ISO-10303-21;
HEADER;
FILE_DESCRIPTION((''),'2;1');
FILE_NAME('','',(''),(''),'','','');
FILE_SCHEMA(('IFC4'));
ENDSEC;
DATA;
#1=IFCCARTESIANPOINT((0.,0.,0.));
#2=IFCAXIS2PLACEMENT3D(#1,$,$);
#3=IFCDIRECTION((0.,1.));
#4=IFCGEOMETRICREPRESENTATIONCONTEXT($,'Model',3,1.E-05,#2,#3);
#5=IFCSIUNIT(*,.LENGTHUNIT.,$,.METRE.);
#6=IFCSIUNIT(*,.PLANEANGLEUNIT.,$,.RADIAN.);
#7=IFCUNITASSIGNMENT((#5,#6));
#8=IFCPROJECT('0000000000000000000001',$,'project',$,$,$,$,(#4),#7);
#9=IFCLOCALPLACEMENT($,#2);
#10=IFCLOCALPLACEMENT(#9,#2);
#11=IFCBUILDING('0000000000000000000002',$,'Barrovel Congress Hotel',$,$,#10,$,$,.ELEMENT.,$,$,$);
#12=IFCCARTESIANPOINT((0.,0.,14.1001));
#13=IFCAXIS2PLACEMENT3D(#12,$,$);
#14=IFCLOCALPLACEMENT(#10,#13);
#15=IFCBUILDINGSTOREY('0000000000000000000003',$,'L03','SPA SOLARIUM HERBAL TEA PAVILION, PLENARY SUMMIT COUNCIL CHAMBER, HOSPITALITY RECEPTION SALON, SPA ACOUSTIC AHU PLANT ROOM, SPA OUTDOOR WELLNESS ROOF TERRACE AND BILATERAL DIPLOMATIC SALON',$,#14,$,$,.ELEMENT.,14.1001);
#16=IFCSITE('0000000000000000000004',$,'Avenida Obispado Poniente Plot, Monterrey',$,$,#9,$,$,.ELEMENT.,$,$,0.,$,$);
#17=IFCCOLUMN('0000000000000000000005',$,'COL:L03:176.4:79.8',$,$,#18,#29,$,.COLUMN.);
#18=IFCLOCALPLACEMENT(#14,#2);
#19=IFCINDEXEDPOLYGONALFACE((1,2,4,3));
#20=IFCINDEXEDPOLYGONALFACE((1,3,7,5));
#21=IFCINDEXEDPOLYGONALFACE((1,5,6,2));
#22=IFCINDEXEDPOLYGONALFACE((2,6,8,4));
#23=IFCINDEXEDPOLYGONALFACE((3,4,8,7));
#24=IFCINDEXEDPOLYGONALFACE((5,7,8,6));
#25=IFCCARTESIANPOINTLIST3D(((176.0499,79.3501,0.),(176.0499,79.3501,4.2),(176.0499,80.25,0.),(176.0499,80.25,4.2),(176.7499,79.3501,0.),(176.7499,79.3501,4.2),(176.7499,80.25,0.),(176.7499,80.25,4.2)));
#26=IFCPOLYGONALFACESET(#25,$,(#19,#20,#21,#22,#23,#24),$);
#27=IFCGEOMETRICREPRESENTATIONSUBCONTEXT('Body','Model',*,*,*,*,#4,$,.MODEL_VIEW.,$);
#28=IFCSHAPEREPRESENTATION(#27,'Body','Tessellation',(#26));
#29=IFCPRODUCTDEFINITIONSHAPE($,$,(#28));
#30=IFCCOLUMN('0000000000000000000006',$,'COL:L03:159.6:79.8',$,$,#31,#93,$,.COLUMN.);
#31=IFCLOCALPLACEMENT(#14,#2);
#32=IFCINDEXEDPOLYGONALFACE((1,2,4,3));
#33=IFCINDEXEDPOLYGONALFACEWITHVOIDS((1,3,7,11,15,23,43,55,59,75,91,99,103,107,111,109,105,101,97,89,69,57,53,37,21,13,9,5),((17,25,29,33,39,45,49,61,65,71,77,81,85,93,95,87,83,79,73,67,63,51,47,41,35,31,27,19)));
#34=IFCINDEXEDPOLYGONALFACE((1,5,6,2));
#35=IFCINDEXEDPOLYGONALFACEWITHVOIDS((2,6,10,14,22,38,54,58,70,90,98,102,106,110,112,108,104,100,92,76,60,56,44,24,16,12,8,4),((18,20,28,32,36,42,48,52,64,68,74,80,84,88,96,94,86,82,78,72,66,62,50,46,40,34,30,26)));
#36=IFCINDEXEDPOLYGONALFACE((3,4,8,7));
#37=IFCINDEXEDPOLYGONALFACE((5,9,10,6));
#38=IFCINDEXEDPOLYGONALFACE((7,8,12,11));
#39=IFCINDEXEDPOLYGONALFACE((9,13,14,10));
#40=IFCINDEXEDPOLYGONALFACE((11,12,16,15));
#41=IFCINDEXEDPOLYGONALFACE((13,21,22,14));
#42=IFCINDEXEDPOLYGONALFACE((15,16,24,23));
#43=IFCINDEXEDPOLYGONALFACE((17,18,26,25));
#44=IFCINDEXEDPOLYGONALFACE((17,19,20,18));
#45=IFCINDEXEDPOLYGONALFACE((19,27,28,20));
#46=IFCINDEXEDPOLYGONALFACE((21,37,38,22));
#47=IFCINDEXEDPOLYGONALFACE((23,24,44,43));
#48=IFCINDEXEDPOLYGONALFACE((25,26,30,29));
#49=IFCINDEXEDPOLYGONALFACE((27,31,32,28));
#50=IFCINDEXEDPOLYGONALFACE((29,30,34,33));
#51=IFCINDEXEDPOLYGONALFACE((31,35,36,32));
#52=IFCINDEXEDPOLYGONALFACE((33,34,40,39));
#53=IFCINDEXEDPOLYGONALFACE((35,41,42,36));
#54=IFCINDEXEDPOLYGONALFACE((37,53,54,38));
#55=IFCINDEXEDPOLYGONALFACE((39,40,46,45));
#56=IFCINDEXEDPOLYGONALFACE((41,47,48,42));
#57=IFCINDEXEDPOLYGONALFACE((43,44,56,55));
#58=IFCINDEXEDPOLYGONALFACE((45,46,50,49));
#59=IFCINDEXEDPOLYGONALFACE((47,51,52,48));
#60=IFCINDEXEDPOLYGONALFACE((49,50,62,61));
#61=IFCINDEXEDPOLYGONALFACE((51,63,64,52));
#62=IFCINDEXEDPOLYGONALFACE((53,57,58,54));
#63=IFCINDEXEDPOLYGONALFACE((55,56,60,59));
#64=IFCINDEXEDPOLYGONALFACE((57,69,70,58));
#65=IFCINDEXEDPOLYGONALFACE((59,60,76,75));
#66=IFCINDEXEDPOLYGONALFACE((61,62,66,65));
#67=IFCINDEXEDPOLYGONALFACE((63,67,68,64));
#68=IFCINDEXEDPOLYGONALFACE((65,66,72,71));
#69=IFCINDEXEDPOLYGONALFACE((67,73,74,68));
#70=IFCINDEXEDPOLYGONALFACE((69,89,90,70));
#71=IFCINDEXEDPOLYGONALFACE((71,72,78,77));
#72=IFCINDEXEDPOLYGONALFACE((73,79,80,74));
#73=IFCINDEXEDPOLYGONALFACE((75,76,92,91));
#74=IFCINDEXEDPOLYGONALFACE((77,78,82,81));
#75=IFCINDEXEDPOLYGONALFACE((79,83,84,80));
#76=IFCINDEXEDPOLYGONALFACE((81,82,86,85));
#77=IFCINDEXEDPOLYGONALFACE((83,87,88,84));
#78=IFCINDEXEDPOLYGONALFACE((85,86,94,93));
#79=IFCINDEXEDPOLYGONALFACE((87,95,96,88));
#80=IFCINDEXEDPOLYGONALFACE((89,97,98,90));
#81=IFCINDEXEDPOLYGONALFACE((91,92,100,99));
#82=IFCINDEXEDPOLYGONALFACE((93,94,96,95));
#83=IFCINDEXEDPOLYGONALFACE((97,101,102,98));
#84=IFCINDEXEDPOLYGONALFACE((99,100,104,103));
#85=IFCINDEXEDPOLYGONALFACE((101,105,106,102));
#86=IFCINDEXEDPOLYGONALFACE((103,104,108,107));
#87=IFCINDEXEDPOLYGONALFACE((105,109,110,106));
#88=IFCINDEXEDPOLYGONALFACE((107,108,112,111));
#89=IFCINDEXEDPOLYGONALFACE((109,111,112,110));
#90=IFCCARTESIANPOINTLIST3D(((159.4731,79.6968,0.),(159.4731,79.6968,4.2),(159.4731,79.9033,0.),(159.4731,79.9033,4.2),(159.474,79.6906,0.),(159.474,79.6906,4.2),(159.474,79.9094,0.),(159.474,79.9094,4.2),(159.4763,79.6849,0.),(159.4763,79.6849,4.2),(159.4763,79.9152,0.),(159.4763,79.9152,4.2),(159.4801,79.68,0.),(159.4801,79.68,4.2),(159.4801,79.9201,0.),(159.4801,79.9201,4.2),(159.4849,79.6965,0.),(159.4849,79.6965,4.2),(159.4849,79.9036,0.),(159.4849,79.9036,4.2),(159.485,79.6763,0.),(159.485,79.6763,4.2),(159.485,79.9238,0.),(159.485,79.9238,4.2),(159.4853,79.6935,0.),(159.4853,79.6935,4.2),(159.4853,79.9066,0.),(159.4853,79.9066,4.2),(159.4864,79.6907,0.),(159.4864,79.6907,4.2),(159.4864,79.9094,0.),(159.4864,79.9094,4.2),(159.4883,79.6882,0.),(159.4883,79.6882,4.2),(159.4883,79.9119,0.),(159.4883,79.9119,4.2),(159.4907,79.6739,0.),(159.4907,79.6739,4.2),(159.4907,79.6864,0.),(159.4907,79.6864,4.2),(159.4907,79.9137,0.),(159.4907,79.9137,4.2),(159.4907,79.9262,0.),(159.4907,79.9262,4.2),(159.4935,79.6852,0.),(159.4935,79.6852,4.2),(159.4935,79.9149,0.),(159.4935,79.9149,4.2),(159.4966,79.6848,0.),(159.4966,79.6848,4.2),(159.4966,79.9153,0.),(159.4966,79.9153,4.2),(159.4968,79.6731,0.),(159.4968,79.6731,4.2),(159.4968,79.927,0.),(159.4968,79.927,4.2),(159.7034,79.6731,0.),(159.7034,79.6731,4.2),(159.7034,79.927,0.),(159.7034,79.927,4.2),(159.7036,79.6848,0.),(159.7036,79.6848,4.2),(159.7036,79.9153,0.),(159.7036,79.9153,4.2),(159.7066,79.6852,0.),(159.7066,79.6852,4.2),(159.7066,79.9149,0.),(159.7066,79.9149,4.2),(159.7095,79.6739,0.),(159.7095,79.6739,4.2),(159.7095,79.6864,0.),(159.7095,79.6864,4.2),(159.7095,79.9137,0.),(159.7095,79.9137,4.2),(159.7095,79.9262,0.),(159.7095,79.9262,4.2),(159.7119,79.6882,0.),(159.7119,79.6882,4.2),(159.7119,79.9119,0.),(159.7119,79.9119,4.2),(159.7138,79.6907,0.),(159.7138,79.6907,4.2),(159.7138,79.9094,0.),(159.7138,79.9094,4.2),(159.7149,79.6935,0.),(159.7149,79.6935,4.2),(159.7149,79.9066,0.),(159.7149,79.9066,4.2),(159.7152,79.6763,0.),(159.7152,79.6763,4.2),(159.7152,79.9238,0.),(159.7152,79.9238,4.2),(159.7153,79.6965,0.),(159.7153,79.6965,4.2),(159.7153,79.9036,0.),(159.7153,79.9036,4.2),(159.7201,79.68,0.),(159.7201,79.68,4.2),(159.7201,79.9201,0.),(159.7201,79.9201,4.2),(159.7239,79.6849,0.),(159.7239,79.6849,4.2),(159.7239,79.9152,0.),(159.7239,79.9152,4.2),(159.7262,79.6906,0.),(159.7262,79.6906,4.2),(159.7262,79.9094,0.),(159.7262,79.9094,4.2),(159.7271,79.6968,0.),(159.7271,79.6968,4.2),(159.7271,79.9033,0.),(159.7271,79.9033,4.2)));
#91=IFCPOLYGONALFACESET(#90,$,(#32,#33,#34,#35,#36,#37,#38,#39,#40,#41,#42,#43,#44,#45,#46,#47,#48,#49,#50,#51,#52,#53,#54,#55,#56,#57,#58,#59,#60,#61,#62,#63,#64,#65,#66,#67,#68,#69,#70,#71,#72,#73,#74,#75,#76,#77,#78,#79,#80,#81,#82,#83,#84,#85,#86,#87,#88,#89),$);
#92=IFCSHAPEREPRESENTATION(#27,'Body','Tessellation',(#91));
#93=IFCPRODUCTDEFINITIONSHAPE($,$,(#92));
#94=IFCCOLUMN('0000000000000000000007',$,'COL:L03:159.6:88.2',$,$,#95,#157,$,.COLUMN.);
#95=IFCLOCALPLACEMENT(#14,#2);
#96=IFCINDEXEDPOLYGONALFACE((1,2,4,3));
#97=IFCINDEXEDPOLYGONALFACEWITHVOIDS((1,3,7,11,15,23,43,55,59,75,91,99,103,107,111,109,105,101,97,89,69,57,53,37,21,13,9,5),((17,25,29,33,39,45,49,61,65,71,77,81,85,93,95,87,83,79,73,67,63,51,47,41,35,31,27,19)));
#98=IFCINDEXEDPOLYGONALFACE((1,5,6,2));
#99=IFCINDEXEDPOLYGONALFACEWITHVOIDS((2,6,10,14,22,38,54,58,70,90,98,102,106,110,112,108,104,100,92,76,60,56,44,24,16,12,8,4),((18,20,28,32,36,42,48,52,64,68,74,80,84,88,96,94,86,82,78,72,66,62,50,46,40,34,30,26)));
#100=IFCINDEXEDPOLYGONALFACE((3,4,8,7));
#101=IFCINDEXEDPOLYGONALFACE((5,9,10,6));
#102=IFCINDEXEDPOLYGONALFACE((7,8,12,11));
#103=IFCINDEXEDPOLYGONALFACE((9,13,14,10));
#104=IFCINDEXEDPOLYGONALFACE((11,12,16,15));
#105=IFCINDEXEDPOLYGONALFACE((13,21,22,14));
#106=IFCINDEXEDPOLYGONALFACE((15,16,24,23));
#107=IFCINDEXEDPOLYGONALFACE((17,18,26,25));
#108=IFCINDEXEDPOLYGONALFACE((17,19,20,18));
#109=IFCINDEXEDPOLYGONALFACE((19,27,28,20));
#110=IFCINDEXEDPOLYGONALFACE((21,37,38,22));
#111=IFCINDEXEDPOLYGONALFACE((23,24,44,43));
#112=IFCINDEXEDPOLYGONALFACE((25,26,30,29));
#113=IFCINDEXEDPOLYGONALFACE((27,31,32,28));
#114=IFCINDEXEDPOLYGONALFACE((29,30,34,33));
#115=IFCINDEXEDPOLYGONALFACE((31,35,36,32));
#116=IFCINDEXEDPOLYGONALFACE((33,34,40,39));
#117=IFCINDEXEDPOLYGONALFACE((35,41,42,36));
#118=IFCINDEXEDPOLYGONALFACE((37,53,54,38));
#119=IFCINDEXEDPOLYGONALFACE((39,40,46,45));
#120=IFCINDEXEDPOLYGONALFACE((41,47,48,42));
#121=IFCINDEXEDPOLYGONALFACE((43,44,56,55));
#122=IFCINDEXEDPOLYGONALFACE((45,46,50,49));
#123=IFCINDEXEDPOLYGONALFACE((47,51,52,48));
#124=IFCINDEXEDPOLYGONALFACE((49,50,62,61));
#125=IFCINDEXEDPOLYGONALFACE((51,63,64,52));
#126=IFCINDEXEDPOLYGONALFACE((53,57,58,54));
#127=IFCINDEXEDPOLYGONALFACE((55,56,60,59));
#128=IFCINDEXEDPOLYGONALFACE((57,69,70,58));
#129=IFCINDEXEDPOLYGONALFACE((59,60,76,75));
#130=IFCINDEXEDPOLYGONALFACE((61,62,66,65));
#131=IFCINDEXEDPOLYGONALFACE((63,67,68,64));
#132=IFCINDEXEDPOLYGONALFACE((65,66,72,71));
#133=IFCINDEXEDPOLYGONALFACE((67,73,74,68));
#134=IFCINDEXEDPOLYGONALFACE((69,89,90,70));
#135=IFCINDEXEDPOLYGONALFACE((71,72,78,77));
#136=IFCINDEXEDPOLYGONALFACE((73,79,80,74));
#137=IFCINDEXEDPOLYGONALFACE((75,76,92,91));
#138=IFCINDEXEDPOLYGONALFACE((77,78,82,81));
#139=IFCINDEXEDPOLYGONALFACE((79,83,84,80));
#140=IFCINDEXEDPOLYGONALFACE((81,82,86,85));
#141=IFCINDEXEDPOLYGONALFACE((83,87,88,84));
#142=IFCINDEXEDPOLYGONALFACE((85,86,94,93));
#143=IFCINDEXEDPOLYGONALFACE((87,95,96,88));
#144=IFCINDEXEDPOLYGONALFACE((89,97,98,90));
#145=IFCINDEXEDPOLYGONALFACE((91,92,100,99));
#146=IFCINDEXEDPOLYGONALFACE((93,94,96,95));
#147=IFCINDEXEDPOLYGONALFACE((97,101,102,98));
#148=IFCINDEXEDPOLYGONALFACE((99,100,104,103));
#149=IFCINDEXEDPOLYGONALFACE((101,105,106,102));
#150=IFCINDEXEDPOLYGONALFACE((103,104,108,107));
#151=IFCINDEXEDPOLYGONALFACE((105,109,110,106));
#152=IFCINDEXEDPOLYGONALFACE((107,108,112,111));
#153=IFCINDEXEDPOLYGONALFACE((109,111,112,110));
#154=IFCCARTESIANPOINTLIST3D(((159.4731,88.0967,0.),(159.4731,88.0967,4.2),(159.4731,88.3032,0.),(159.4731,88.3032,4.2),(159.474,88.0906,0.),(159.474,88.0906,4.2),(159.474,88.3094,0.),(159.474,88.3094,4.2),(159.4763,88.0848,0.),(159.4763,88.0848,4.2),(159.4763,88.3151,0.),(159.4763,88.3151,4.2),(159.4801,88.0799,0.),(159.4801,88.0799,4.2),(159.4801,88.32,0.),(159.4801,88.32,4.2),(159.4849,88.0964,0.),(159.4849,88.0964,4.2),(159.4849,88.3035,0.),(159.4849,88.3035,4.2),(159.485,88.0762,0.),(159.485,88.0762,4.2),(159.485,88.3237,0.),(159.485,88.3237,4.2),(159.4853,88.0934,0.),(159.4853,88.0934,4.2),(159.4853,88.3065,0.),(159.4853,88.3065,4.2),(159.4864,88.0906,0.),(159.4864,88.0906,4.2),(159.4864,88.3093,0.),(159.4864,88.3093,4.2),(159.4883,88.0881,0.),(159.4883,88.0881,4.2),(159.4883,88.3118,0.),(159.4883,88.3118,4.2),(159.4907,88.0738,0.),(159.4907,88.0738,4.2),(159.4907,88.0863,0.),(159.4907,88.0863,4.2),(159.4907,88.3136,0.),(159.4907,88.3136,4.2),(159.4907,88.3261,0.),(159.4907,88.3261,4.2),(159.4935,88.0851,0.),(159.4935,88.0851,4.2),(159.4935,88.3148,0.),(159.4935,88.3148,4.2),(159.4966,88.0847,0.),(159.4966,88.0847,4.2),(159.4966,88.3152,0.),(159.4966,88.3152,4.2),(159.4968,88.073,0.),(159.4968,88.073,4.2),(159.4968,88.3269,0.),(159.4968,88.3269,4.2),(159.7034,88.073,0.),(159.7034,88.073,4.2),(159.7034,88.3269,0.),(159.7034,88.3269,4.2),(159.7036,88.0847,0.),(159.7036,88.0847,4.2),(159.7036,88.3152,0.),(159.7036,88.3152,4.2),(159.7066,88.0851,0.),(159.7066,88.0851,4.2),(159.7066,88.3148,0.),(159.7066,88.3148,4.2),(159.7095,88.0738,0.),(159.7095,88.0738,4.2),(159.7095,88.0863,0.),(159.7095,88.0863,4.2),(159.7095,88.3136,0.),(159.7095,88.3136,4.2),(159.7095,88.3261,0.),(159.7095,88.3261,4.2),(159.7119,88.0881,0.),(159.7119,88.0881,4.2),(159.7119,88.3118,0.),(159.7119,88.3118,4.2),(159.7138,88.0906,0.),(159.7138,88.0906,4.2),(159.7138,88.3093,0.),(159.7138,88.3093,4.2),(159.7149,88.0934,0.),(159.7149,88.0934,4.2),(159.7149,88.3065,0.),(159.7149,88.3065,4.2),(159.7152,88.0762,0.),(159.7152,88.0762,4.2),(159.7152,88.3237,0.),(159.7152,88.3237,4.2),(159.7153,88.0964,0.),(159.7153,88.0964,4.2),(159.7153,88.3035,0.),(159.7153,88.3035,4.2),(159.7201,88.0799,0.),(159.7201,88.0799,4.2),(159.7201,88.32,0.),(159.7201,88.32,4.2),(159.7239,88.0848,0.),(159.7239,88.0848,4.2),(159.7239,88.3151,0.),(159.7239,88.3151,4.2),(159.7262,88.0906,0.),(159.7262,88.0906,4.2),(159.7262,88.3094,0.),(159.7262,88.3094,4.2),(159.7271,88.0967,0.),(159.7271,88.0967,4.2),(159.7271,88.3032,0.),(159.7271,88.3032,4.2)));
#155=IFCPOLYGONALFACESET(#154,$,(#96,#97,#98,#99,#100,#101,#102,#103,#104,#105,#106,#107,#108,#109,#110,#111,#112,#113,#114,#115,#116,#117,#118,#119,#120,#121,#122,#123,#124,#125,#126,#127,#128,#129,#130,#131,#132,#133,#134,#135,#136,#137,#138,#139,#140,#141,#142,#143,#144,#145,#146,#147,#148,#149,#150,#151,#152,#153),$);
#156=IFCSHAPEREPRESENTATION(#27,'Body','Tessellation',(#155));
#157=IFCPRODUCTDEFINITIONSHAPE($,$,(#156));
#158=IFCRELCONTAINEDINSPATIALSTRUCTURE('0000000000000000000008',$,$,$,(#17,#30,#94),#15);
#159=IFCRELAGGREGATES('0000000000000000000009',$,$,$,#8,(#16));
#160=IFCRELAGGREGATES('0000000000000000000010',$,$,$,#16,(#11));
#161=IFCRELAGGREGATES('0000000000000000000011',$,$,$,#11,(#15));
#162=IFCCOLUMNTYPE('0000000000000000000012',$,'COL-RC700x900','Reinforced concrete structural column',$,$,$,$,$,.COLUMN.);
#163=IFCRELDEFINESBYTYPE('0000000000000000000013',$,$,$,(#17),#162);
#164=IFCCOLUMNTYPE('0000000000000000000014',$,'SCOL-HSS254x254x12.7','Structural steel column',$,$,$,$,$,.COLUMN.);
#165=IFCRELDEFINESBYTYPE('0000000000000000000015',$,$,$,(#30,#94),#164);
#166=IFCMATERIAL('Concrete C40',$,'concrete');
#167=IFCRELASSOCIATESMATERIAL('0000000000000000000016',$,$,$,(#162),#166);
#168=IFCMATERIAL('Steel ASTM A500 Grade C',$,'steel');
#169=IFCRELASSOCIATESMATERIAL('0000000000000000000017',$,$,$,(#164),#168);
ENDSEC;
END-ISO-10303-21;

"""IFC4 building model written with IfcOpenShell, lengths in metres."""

from ifc_helpers import new_model, si_unit, direction, frame, origin, origin_2d, place, context, subcontext, project, spatial, rectangle, hollow_rectangle, extrude, material, material_profile, profile_set, type_object, element, save


model = new_model("IFC4")

# Units and contexts
model_context = context("Model", 3, precision=1e-05, world=origin(), true_north=direction((0.0, 1.0)))
body_context = subcontext(model_context, "Body", "Model", "MODEL_VIEW")
ifc_project = project(units=[si_unit("LENGTHUNIT", "METRE"), si_unit("PLANEANGLEUNIT", "RADIAN")], contexts=[model_context])

# Site, building, storey
site_placement = place(None, origin())
site = spatial("IfcSite", under=ifc_project, at=site_placement, Name="Avenida Obispado Poniente Plot, Monterrey", CompositionType="ELEMENT", RefElevation=0.0)
building_placement = place(site_placement, origin())
building = spatial("IfcBuilding", under=site, at=building_placement, Name="Barrovel Congress Hotel", CompositionType="ELEMENT")
storey_placement = place(building_placement, frame((0.0, 0.0, 14.1001)))
storey = spatial("IfcBuildingStorey", under=building, at=storey_placement, Name="L03", Description="SPA SOLARIUM HERBAL TEA PAVILION, PLENARY SUMMIT COUNCIL CHAMBER, HOSPITALITY RECEPTION SALON, SPA ACOUSTIC AHU PLANT ROOM, SPA OUTDOOR WELLNESS ROOF TERRACE AND BILATERAL DIPLOMATIC SALON", CompositionType="ELEMENT", Elevation=14.1001)

# Columns
ifc_material_1 = material(Name="Concrete C40", Category="concrete")
ifc_material_profile_1 = material_profile(ifc_material_1, rectangle(XDim=0.7, YDim=0.8999, at=origin_2d()), Name="RC700x900")
ifc_profile_set_1 = profile_set([ifc_material_profile_1], Name="Concrete C40")
column_type_1 = type_object("IfcColumnType", Name="COL-RC700x900", Description="Reinforced concrete structural column", PredefinedType="COLUMN", material=ifc_profile_set_1)
column_placement = place(storey_placement, frame((176.3999, 79.8, 0.0), z_axis=(0.0, 0.0, 1.0), x_axis=(1.0, 0.0, 0.0)))
element("IfcColumn", 1, at=column_placement, inside=storey, type_object=column_type_1, Name="COL:L03:176.4:79.8", PredefinedType="COLUMN", context=body_context, shape_type="SweptSolid", body=[
    extrude(rectangle(XDim=0.7, YDim=0.8999, at=origin_2d()), origin(), (0.0, 0.0, 1.0), 4.2),
])
ifc_material_2 = material(Name="Steel ASTM A500 Grade C", Category="steel")
ifc_material_profile_2 = material_profile(ifc_material_2, hollow_rectangle(XDim=0.2539, YDim=0.2539, WallThickness=0.0117, InnerFilletRadius=0.0117, OuterFilletRadius=0.0237, at=origin_2d()), Name="HSS254x254x12.7")
ifc_profile_set_2 = profile_set([ifc_material_profile_2], Name="Steel ASTM A500 Grade C")
column_type_2 = type_object("IfcColumnType", Name="SCOL-HSS254x254x12.7", Description="Structural steel column", PredefinedType="COLUMN", material=ifc_profile_set_2)
for number, where, z_axis, x_axis, name in (
    (2, (159.6001, 79.8, 0.0), (0.0, 0.0, 1.0), (1.0, 0.0, 0.0), "COL:L03:159.6:79.8"),
    (3, (159.6001, 88.2, 0.0), (0.0, 0.0, 1.0), (1.0, 0.0, 0.0), "COL:L03:159.6:88.2"),
):
    element("IfcColumn", number, at=place(storey_placement, frame(where, z_axis=z_axis, x_axis=x_axis)), inside=storey, type_object=column_type_2, Name=name, PredefinedType="COLUMN", context=body_context, shape_type="SweptSolid", body=[
        extrude(hollow_rectangle(XDim=0.2539, YDim=0.2539, WallThickness=0.0117, InnerFilletRadius=0.0117, OuterFilletRadius=0.0237, at=origin_2d()), origin(), (0.0, 0.0, 1.0), 4.2),
    ])

save(model, "model.ifc")
